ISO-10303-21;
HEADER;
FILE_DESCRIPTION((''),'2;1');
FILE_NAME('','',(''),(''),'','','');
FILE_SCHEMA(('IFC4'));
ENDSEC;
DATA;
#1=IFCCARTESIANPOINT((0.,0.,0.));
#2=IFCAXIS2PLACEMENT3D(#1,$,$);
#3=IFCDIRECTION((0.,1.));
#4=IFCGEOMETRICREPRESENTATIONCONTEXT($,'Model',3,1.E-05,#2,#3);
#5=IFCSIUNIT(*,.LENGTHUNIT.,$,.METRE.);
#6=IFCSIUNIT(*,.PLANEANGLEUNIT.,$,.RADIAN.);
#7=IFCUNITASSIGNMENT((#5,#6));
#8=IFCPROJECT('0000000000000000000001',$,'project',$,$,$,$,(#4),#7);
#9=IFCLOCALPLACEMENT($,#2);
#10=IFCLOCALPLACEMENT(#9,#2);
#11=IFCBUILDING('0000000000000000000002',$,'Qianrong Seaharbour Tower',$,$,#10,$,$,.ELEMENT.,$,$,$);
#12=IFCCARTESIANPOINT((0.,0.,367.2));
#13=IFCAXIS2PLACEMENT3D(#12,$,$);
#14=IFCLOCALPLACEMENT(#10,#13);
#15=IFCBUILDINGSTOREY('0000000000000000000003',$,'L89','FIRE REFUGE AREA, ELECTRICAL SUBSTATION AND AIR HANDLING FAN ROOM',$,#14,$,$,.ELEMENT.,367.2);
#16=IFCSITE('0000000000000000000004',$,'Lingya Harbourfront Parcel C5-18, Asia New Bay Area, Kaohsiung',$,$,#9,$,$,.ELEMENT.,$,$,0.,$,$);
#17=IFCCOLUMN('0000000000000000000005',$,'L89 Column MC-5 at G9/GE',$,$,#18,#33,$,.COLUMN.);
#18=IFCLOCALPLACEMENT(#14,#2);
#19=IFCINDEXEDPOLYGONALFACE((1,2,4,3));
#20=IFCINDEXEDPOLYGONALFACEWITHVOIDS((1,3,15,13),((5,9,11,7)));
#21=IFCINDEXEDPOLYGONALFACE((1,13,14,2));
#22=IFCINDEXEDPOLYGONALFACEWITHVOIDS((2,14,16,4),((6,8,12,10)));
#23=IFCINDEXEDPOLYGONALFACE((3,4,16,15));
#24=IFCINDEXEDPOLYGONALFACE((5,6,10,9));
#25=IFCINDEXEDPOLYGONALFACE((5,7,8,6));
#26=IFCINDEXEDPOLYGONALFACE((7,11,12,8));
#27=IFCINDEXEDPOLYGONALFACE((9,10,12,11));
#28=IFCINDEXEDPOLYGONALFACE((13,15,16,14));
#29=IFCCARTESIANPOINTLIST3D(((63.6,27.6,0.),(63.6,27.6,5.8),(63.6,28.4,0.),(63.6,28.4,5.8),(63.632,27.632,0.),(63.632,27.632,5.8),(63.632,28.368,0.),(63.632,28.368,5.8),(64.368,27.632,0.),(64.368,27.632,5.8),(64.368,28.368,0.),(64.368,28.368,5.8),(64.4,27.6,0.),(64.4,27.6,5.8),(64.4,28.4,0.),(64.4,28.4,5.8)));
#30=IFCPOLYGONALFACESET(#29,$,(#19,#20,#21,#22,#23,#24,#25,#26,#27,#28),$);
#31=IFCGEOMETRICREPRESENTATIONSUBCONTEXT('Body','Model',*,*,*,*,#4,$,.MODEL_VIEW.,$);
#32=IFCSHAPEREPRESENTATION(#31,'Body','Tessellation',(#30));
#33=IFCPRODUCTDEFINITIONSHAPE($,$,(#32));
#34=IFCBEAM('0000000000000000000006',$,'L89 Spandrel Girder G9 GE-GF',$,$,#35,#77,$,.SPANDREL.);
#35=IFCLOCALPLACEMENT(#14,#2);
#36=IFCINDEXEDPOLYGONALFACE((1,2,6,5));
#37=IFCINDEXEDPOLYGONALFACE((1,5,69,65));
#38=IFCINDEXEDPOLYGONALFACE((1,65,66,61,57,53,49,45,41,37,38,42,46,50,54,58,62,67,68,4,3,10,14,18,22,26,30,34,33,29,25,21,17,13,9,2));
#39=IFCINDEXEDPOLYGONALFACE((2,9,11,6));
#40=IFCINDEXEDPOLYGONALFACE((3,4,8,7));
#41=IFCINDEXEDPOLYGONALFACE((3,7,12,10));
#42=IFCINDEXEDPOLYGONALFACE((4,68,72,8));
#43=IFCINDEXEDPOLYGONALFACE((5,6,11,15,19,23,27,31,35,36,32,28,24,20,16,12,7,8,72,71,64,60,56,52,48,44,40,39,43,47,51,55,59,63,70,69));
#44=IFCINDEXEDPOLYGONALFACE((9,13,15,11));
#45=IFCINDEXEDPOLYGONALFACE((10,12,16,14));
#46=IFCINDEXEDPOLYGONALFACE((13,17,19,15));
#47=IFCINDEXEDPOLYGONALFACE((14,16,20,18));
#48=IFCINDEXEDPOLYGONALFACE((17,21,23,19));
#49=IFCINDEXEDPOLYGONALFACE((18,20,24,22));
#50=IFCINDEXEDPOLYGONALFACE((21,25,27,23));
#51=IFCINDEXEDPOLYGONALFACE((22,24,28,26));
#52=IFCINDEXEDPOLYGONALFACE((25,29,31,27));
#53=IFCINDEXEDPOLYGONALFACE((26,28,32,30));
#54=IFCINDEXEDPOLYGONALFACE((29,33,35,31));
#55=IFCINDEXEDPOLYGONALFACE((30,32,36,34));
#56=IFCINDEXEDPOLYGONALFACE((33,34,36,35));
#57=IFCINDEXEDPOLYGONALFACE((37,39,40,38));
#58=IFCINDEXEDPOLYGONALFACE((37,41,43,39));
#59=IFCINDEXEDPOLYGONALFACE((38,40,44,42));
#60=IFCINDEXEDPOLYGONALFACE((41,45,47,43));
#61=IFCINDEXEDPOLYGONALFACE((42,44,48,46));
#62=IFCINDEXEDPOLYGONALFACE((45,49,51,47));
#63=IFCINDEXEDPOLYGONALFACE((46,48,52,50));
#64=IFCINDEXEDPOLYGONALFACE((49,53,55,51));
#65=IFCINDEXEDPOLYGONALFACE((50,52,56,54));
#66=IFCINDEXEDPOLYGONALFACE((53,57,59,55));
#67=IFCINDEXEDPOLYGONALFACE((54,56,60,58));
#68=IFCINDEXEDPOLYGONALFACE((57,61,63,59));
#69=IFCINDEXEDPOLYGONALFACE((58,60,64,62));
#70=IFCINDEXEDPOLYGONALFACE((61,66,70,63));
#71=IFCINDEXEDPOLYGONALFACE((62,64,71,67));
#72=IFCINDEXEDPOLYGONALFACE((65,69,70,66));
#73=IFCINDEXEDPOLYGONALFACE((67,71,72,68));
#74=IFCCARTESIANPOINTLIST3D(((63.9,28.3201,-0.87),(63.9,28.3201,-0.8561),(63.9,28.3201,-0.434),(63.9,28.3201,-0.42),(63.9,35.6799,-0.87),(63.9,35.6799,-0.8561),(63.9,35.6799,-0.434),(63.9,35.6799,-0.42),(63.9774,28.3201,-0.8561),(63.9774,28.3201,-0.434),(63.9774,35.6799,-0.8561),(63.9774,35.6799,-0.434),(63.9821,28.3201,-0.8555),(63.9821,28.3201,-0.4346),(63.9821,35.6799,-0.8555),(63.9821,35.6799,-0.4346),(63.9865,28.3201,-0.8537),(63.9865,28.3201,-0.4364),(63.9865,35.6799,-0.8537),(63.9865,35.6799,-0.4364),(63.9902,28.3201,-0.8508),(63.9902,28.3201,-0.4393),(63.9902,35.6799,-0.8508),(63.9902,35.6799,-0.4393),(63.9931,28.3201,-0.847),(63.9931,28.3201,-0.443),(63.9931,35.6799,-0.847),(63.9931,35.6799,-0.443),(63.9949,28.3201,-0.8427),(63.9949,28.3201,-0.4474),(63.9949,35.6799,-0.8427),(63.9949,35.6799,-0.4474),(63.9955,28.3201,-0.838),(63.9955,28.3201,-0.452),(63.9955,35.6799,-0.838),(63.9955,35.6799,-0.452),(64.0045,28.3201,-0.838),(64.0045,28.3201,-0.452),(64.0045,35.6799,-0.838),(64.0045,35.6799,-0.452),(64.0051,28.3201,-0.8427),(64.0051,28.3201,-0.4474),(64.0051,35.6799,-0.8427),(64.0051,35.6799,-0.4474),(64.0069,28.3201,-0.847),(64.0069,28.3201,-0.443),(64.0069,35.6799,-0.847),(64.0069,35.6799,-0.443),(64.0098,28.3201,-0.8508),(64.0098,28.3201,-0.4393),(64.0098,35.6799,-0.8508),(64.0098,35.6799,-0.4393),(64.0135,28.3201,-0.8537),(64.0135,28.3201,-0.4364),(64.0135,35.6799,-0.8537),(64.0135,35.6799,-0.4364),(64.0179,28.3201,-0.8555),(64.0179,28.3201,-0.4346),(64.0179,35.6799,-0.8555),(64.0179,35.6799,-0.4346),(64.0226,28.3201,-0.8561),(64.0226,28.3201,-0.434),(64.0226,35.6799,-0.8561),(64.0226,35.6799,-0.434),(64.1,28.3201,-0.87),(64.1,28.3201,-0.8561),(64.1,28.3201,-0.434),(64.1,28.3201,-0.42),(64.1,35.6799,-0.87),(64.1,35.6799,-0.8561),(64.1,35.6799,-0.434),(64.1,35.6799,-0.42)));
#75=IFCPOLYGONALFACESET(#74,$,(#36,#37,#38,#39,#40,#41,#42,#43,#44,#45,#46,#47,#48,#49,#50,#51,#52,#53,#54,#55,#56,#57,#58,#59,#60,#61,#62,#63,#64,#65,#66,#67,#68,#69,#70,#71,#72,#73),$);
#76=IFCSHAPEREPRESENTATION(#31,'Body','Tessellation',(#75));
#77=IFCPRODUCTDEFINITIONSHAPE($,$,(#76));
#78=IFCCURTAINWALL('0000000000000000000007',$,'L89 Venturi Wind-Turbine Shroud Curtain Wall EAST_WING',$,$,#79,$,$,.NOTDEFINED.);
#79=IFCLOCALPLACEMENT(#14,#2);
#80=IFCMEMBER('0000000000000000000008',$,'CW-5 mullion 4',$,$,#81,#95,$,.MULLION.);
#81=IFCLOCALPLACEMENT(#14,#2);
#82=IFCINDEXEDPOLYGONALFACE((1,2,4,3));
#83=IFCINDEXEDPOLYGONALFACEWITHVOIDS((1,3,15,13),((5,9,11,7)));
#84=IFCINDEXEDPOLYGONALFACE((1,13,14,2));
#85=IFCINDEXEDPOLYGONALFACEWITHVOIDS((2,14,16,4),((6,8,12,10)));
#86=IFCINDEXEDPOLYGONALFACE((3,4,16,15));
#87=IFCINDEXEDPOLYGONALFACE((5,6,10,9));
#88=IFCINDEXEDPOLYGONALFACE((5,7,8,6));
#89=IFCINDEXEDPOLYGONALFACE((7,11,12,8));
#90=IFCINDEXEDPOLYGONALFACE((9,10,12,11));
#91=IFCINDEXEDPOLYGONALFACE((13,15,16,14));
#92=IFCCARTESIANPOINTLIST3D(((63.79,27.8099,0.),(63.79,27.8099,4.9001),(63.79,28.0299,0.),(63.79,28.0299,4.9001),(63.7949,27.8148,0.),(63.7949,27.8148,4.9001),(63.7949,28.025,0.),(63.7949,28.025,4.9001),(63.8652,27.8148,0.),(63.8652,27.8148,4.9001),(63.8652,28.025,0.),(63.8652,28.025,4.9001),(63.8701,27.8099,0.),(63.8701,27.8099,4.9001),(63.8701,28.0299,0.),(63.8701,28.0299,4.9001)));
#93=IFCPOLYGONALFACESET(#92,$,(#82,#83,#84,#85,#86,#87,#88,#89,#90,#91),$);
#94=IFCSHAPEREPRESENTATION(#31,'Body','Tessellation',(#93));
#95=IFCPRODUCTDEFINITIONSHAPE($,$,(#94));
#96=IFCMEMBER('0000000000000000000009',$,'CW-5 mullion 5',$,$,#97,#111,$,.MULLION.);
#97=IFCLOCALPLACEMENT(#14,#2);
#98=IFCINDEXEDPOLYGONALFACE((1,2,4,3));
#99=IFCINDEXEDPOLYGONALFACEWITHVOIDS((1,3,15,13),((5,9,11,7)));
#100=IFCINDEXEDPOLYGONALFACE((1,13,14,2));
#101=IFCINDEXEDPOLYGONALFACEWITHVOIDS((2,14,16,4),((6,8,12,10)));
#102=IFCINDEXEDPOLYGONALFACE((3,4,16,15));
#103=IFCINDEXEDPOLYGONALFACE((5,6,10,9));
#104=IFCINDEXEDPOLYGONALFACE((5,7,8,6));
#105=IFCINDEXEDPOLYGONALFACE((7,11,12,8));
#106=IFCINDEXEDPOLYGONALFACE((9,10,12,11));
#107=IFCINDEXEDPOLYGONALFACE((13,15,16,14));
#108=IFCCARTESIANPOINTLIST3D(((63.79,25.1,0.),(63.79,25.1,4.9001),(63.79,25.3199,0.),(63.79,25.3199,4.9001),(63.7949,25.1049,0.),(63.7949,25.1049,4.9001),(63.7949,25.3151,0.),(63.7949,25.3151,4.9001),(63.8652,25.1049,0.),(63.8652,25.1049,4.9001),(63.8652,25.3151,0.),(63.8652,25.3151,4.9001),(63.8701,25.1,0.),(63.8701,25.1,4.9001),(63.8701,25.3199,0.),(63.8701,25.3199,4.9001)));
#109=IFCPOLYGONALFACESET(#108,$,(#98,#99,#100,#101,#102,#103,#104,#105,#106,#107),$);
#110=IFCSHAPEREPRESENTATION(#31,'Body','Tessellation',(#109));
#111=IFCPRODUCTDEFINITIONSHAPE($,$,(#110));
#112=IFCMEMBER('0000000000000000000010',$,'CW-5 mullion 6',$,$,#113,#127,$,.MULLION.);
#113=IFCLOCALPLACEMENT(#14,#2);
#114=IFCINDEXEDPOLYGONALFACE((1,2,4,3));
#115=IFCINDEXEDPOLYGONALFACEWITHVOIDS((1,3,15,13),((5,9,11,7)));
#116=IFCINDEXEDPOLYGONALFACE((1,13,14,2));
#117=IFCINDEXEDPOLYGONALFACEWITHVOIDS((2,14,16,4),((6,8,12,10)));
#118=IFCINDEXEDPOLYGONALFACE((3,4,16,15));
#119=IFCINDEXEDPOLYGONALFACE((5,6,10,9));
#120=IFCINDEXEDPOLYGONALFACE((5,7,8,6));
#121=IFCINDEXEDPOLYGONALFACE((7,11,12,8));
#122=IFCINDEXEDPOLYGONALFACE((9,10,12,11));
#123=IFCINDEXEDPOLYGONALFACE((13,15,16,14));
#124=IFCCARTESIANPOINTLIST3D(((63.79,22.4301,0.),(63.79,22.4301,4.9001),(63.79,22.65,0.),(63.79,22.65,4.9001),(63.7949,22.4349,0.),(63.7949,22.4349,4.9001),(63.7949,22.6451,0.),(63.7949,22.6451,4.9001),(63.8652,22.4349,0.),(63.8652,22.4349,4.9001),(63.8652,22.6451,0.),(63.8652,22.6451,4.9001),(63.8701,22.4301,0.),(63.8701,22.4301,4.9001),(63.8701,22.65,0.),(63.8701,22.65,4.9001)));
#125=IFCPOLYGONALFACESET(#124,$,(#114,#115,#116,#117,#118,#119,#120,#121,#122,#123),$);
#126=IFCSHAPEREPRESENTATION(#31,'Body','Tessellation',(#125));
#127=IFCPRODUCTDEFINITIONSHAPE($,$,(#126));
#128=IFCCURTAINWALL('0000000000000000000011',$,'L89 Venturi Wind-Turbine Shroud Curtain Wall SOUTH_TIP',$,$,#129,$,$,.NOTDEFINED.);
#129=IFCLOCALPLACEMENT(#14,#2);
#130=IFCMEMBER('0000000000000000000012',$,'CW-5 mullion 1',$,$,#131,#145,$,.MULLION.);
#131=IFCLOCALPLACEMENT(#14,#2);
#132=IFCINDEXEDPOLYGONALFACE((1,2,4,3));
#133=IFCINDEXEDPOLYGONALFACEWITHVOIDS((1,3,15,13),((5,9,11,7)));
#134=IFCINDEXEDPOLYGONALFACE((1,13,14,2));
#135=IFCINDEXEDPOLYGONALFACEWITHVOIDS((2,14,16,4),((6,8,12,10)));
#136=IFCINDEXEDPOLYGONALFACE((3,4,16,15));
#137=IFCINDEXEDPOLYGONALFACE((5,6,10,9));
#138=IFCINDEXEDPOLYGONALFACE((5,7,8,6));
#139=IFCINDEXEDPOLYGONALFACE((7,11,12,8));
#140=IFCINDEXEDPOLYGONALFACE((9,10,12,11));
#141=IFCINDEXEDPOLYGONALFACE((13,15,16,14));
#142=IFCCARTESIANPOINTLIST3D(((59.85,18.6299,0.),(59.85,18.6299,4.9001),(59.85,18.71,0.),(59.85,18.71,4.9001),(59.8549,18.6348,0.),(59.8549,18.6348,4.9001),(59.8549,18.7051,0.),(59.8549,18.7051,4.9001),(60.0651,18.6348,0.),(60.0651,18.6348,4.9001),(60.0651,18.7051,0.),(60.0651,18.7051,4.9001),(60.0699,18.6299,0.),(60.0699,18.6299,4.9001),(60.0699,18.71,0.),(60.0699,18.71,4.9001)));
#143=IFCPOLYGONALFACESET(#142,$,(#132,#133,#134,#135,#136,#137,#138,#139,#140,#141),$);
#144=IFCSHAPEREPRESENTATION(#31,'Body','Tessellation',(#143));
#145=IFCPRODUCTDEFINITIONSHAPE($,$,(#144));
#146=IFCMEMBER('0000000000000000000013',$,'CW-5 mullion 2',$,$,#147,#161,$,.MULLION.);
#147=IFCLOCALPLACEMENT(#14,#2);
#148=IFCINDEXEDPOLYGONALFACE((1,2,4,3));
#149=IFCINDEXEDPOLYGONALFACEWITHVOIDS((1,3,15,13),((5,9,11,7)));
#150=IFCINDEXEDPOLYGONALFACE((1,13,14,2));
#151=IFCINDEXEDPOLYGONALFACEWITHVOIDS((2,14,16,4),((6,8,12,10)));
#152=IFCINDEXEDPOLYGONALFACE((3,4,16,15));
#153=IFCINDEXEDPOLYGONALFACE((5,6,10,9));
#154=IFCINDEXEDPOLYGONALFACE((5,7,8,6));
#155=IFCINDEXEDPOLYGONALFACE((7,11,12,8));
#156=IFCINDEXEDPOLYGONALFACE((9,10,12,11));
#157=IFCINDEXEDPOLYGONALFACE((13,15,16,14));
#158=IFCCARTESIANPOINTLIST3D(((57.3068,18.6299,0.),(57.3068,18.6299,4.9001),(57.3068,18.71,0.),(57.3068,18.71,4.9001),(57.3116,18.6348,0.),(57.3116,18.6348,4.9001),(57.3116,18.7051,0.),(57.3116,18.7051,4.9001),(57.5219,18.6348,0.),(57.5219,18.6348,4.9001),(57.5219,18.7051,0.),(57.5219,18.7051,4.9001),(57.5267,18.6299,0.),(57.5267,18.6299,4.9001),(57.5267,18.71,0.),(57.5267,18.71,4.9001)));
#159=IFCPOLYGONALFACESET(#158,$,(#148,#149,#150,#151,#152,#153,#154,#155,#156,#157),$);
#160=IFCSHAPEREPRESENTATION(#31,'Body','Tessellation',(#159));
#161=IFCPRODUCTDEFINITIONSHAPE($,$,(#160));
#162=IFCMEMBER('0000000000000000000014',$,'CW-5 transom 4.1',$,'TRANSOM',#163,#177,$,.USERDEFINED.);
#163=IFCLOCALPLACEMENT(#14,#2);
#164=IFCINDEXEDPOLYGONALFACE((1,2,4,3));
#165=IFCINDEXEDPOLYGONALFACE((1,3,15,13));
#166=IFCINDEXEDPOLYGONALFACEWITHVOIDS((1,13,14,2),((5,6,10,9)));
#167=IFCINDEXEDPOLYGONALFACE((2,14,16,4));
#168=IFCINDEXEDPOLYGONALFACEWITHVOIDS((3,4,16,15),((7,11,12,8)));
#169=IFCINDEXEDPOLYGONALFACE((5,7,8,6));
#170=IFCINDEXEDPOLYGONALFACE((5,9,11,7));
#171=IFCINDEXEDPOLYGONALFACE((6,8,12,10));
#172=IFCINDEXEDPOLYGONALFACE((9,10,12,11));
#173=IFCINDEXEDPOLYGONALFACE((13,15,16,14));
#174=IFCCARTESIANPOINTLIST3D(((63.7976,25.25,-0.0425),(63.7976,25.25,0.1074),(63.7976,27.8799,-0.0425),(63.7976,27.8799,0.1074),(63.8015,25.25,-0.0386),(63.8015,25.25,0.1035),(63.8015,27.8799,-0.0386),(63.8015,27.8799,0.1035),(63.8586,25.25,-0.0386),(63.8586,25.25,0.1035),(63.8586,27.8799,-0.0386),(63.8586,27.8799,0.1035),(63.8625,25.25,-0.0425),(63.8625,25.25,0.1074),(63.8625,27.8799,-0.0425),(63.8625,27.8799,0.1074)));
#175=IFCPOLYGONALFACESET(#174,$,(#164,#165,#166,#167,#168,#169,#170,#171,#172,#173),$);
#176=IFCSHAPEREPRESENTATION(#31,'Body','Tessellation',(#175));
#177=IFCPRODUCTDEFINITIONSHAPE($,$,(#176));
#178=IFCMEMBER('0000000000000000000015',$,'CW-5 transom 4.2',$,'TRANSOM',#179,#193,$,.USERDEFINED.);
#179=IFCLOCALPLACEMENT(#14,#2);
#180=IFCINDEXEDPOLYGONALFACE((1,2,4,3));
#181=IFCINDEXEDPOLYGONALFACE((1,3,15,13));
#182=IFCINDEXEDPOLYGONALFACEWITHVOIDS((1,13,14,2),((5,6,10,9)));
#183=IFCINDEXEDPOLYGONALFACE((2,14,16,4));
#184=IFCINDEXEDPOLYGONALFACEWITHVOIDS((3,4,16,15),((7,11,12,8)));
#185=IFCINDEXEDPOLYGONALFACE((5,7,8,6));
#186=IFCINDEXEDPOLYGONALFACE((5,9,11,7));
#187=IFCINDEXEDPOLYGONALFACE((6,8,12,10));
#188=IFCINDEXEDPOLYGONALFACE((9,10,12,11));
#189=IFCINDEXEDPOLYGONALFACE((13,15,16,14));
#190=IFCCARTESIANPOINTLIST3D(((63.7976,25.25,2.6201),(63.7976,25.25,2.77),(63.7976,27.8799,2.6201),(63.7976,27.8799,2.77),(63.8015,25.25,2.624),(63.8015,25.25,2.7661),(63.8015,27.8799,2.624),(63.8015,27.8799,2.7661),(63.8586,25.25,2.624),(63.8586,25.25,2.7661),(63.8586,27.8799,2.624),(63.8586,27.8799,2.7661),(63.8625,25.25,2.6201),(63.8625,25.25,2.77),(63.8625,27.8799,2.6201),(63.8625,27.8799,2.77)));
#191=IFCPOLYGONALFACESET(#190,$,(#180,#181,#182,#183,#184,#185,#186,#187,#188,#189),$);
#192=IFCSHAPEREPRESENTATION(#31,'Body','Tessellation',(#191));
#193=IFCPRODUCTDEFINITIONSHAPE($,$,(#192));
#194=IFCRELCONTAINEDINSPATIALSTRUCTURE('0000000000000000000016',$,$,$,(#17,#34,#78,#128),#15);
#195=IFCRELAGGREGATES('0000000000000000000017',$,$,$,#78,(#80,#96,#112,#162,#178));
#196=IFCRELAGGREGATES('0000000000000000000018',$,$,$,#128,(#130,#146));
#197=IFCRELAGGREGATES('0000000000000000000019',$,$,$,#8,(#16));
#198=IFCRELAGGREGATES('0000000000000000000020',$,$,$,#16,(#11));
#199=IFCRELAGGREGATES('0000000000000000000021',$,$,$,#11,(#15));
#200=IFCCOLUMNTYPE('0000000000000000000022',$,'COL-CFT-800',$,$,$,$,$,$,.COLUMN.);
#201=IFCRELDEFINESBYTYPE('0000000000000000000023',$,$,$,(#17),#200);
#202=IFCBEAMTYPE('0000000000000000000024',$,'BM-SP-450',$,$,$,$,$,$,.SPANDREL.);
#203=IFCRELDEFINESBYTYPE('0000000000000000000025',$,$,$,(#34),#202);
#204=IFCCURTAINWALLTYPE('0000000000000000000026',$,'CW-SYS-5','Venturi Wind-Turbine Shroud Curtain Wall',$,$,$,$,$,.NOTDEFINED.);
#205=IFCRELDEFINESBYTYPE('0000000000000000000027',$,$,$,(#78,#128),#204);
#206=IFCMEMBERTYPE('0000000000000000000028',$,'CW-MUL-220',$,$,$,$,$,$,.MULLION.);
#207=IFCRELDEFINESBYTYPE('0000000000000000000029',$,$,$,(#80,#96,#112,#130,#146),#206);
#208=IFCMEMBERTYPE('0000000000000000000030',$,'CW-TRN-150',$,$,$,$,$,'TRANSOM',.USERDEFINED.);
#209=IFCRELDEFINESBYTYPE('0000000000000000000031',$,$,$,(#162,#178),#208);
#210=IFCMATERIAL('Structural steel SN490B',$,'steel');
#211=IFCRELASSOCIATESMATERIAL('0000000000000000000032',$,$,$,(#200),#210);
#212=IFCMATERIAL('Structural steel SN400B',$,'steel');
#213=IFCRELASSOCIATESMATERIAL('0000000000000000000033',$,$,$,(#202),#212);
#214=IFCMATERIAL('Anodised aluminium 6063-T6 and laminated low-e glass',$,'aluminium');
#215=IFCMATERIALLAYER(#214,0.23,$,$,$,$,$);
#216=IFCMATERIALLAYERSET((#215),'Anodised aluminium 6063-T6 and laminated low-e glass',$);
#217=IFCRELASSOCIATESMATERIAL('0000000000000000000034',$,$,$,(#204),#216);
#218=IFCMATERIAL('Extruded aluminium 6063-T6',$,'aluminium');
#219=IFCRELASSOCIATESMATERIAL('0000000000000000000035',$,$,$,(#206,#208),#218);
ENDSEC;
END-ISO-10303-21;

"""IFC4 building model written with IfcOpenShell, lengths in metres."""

from ifc_helpers import new_model, si_unit, direction, frame, origin, origin_2d, place, context, subcontext, project, spatial, hollow_rectangle, i_section, extrude, material, layer, layer_set, material_profile, profile_set, type_object, element, aggregate, save


model = new_model("IFC4")

# Units and contexts
model_context = context("Model", 3, precision=1e-05, world=origin(), true_north=direction((0.0, 1.0)))
body_context = subcontext(model_context, "Body", "Model", "MODEL_VIEW")
ifc_project = project(units=[si_unit("LENGTHUNIT", "METRE"), si_unit("PLANEANGLEUNIT", "RADIAN")], contexts=[model_context])

# Site, building, storey
site_placement = place(None, origin())
site = spatial("IfcSite", under=ifc_project, at=site_placement, Name="Lingya Harbourfront Parcel C5-18, Asia New Bay Area, Kaohsiung", CompositionType="ELEMENT", RefElevation=0.0)
building_placement = place(site_placement, origin())
building = spatial("IfcBuilding", under=site, at=building_placement, Name="Qianrong Seaharbour Tower", CompositionType="ELEMENT")
storey_placement = place(building_placement, frame((0.0, 0.0, 367.2)))
storey = spatial("IfcBuildingStorey", under=building, at=storey_placement, Name="L89", Description="FIRE REFUGE AREA, ELECTRICAL SUBSTATION AND AIR HANDLING FAN ROOM", CompositionType="ELEMENT", Elevation=367.2)

# Column
ifc_material_1 = material(Name="Structural steel SN490B", Category="steel")
ifc_material_profile_1 = material_profile(ifc_material_1, hollow_rectangle(XDim=0.8, YDim=0.8, WallThickness=0.032, at=origin_2d()), Name="BOX800x800x32")
ifc_profile_set_1 = profile_set([ifc_material_profile_1], Name="Structural steel SN490B")
column_type = type_object("IfcColumnType", Name="COL-CFT-800", PredefinedType="COLUMN", material=ifc_profile_set_1)
column_placement = place(storey_placement, frame((64.0, 28.0, 0.0), z_axis=(0.0, 0.0, 1.0), x_axis=(1.0, 0.0, 0.0)))
element("IfcColumn", 1, at=column_placement, inside=storey, type_object=column_type, Name="L89 Column MC-5 at G9/GE", PredefinedType="COLUMN", context=body_context, shape_type="SweptSolid", body=[
    extrude(hollow_rectangle(XDim=0.8, YDim=0.8, WallThickness=0.032, at=origin_2d()), origin(), (0.0, 0.0, 1.0), 5.8),
])

# Beam
ifc_material_2 = material(Name="Structural steel SN400B", Category="steel")
ifc_material_profile_2 = material_profile(ifc_material_2, i_section(OverallWidth=0.2, OverallDepth=0.45, WebThickness=0.009, FlangeThickness=0.0139, FilletRadius=0.0181, at=origin_2d()), Name="H450x200x9x14")
ifc_profile_set_2 = profile_set([ifc_material_profile_2], Name="Structural steel SN400B")
beam_type = type_object("IfcBeamType", Name="BM-SP-450", PredefinedType="SPANDREL", material=ifc_profile_set_2)
beam_placement = place(storey_placement, frame((64.0, 28.3201, -0.645), z_axis=(0.0, 1.0, 0.0), x_axis=(-1.0, 0.0, 0.0)))
element("IfcBeam", 2, at=beam_placement, inside=storey, type_object=beam_type, Name="L89 Spandrel Girder G9 GE-GF", PredefinedType="SPANDREL", context=body_context, shape_type="SweptSolid", body=[
    extrude(i_section(OverallWidth=0.2, OverallDepth=0.45, WebThickness=0.009, FlangeThickness=0.0139, FilletRadius=0.0181, at=origin_2d()), origin(), (0.0, 0.0, 1.0), 7.3599),
])

# Curtain walls, members
ifc_material_3 = material(Name="Anodised aluminium 6063-T6 and laminated low-e glass", Category="aluminium")
ifc_layer_1 = layer(ifc_material_3, 0.23)
ifc_layer_set_1 = layer_set([ifc_layer_1], Name="Anodised aluminium 6063-T6 and laminated low-e glass")
curtain_wall_type = type_object("IfcCurtainWallType", Name="CW-SYS-5", Description="Venturi Wind-Turbine Shroud Curtain Wall", PredefinedType="NOTDEFINED", material=ifc_layer_set_1)
curtain_wall_1_placement = place(storey_placement, origin())
curtain_wall_1 = element("IfcCurtainWall", 3, at=curtain_wall_1_placement, inside=storey, type_object=curtain_wall_type, Name="L89 Venturi Wind-Turbine Shroud Curtain Wall EAST_WING", PredefinedType="NOTDEFINED")
ifc_material_4 = material(Name="Extruded aluminium 6063-T6", Category="aluminium")
ifc_material_profile_3 = material_profile(ifc_material_4, hollow_rectangle(XDim=0.0801, YDim=0.22, WallThickness=0.0049, at=origin_2d()), Name="ALU-MUL-220x80x5")
ifc_profile_set_3 = profile_set([ifc_material_profile_3], Name="Extruded aluminium 6063-T6")
member_type_1 = type_object("IfcMemberType", Name="CW-MUL-220", PredefinedType="MULLION", material=ifc_profile_set_3)
member_1_placement = place(storey_placement, frame((63.8301, 27.9199, 0.0), z_axis=(0.0, 0.0, 1.0), x_axis=(1.0, 0.0, 0.0)))
member_1 = element("IfcMember", 4, at=member_1_placement, type_object=member_type_1, Name="CW-5 mullion 4", PredefinedType="MULLION", context=body_context, shape_type="SweptSolid", body=[
    extrude(hollow_rectangle(XDim=0.0801, YDim=0.22, WallThickness=0.0049, at=origin_2d()), origin(), (0.0, 0.0, 1.0), 4.9001),
])
member_2_placement = place(storey_placement, frame((63.8301, 25.21, 0.0), z_axis=(0.0, 0.0, 1.0), x_axis=(1.0, 0.0, 0.0)))
member_2 = element("IfcMember", 5, at=member_2_placement, type_object=member_type_1, Name="CW-5 mullion 5", PredefinedType="MULLION", context=body_context, shape_type="SweptSolid", body=[
    extrude(hollow_rectangle(XDim=0.0801, YDim=0.22, WallThickness=0.0049, at=origin_2d()), origin(), (0.0, 0.0, 1.0), 4.9001),
])
member_3_placement = place(storey_placement, frame((63.8301, 22.54, 0.0), z_axis=(0.0, 0.0, 1.0), x_axis=(1.0, 0.0, 0.0)))
member_3 = element("IfcMember", 6, at=member_3_placement, type_object=member_type_1, Name="CW-5 mullion 6", PredefinedType="MULLION", context=body_context, shape_type="SweptSolid", body=[
    extrude(hollow_rectangle(XDim=0.0801, YDim=0.22, WallThickness=0.0049, at=origin_2d()), origin(), (0.0, 0.0, 1.0), 4.9001),
])
curtain_wall_2_placement = place(storey_placement, origin())
curtain_wall_2 = element("IfcCurtainWall", 7, at=curtain_wall_2_placement, inside=storey, type_object=curtain_wall_type, Name="L89 Venturi Wind-Turbine Shroud Curtain Wall SOUTH_TIP", PredefinedType="NOTDEFINED")
member_4_placement = place(storey_placement, frame((59.96, 18.6699, 0.0), z_axis=(0.0, 0.0, 1.0), x_axis=(0.0, -1.0, 0.0)))
member_4 = element("IfcMember", 8, at=member_4_placement, type_object=member_type_1, Name="CW-5 mullion 1", PredefinedType="MULLION", context=body_context, shape_type="SweptSolid", body=[
    extrude(hollow_rectangle(XDim=0.0801, YDim=0.22, WallThickness=0.0049, at=origin_2d()), origin(), (0.0, 0.0, 1.0), 4.9001),
])
member_5_placement = place(storey_placement, frame((57.4167, 18.6699, 0.0), z_axis=(0.0, 0.0, 1.0), x_axis=(0.0, -1.0, 0.0)))
member_5 = element("IfcMember", 9, at=member_5_placement, type_object=member_type_1, Name="CW-5 mullion 2", PredefinedType="MULLION", context=body_context, shape_type="SweptSolid", body=[
    extrude(hollow_rectangle(XDim=0.0801, YDim=0.22, WallThickness=0.0049, at=origin_2d()), origin(), (0.0, 0.0, 1.0), 4.9001),
])

# Members
ifc_material_profile_4 = material_profile(ifc_material_4, hollow_rectangle(XDim=0.0649, YDim=0.1499, WallThickness=0.0039, at=origin_2d()), Name="ALU-TRN-150x65x4")
ifc_profile_set_4 = profile_set([ifc_material_profile_4], Name="Extruded aluminium 6063-T6")
member_type_2 = type_object("IfcMemberType", Name="CW-TRN-150", ElementType="TRANSOM", PredefinedType="USERDEFINED", material=ifc_profile_set_4)
member_6_placement = place(storey_placement, frame((63.8301, 27.8799, 0.0325), z_axis=(0.0, -1.0, 0.0), x_axis=(1.0, 0.0, 0.0)))
member_6 = element("IfcMember", 10, at=member_6_placement, type_object=member_type_2, Name="CW-5 transom 4.1", ObjectType="TRANSOM", PredefinedType="USERDEFINED", context=body_context, shape_type="SweptSolid", body=[
    extrude(hollow_rectangle(XDim=0.0649, YDim=0.1499, WallThickness=0.0039, at=origin_2d()), origin(), (0.0, 0.0, 1.0), 2.6299),
])
member_7_placement = place(storey_placement, frame((63.8301, 27.8799, 2.6951), z_axis=(0.0, -1.0, 0.0), x_axis=(1.0, 0.0, 0.0)))
member_7 = element("IfcMember", 11, at=member_7_placement, type_object=member_type_2, Name="CW-5 transom 4.2", ObjectType="TRANSOM", PredefinedType="USERDEFINED", context=body_context, shape_type="SweptSolid", body=[
    extrude(hollow_rectangle(XDim=0.0649, YDim=0.1499, WallThickness=0.0039, at=origin_2d()), origin(), (0.0, 0.0, 1.0), 2.6299),
])

aggregate(curtain_wall_1, [member_1, member_2, member_3, member_6, member_7])
aggregate(curtain_wall_2, [member_4, member_5])

save(model, "model.ifc")
